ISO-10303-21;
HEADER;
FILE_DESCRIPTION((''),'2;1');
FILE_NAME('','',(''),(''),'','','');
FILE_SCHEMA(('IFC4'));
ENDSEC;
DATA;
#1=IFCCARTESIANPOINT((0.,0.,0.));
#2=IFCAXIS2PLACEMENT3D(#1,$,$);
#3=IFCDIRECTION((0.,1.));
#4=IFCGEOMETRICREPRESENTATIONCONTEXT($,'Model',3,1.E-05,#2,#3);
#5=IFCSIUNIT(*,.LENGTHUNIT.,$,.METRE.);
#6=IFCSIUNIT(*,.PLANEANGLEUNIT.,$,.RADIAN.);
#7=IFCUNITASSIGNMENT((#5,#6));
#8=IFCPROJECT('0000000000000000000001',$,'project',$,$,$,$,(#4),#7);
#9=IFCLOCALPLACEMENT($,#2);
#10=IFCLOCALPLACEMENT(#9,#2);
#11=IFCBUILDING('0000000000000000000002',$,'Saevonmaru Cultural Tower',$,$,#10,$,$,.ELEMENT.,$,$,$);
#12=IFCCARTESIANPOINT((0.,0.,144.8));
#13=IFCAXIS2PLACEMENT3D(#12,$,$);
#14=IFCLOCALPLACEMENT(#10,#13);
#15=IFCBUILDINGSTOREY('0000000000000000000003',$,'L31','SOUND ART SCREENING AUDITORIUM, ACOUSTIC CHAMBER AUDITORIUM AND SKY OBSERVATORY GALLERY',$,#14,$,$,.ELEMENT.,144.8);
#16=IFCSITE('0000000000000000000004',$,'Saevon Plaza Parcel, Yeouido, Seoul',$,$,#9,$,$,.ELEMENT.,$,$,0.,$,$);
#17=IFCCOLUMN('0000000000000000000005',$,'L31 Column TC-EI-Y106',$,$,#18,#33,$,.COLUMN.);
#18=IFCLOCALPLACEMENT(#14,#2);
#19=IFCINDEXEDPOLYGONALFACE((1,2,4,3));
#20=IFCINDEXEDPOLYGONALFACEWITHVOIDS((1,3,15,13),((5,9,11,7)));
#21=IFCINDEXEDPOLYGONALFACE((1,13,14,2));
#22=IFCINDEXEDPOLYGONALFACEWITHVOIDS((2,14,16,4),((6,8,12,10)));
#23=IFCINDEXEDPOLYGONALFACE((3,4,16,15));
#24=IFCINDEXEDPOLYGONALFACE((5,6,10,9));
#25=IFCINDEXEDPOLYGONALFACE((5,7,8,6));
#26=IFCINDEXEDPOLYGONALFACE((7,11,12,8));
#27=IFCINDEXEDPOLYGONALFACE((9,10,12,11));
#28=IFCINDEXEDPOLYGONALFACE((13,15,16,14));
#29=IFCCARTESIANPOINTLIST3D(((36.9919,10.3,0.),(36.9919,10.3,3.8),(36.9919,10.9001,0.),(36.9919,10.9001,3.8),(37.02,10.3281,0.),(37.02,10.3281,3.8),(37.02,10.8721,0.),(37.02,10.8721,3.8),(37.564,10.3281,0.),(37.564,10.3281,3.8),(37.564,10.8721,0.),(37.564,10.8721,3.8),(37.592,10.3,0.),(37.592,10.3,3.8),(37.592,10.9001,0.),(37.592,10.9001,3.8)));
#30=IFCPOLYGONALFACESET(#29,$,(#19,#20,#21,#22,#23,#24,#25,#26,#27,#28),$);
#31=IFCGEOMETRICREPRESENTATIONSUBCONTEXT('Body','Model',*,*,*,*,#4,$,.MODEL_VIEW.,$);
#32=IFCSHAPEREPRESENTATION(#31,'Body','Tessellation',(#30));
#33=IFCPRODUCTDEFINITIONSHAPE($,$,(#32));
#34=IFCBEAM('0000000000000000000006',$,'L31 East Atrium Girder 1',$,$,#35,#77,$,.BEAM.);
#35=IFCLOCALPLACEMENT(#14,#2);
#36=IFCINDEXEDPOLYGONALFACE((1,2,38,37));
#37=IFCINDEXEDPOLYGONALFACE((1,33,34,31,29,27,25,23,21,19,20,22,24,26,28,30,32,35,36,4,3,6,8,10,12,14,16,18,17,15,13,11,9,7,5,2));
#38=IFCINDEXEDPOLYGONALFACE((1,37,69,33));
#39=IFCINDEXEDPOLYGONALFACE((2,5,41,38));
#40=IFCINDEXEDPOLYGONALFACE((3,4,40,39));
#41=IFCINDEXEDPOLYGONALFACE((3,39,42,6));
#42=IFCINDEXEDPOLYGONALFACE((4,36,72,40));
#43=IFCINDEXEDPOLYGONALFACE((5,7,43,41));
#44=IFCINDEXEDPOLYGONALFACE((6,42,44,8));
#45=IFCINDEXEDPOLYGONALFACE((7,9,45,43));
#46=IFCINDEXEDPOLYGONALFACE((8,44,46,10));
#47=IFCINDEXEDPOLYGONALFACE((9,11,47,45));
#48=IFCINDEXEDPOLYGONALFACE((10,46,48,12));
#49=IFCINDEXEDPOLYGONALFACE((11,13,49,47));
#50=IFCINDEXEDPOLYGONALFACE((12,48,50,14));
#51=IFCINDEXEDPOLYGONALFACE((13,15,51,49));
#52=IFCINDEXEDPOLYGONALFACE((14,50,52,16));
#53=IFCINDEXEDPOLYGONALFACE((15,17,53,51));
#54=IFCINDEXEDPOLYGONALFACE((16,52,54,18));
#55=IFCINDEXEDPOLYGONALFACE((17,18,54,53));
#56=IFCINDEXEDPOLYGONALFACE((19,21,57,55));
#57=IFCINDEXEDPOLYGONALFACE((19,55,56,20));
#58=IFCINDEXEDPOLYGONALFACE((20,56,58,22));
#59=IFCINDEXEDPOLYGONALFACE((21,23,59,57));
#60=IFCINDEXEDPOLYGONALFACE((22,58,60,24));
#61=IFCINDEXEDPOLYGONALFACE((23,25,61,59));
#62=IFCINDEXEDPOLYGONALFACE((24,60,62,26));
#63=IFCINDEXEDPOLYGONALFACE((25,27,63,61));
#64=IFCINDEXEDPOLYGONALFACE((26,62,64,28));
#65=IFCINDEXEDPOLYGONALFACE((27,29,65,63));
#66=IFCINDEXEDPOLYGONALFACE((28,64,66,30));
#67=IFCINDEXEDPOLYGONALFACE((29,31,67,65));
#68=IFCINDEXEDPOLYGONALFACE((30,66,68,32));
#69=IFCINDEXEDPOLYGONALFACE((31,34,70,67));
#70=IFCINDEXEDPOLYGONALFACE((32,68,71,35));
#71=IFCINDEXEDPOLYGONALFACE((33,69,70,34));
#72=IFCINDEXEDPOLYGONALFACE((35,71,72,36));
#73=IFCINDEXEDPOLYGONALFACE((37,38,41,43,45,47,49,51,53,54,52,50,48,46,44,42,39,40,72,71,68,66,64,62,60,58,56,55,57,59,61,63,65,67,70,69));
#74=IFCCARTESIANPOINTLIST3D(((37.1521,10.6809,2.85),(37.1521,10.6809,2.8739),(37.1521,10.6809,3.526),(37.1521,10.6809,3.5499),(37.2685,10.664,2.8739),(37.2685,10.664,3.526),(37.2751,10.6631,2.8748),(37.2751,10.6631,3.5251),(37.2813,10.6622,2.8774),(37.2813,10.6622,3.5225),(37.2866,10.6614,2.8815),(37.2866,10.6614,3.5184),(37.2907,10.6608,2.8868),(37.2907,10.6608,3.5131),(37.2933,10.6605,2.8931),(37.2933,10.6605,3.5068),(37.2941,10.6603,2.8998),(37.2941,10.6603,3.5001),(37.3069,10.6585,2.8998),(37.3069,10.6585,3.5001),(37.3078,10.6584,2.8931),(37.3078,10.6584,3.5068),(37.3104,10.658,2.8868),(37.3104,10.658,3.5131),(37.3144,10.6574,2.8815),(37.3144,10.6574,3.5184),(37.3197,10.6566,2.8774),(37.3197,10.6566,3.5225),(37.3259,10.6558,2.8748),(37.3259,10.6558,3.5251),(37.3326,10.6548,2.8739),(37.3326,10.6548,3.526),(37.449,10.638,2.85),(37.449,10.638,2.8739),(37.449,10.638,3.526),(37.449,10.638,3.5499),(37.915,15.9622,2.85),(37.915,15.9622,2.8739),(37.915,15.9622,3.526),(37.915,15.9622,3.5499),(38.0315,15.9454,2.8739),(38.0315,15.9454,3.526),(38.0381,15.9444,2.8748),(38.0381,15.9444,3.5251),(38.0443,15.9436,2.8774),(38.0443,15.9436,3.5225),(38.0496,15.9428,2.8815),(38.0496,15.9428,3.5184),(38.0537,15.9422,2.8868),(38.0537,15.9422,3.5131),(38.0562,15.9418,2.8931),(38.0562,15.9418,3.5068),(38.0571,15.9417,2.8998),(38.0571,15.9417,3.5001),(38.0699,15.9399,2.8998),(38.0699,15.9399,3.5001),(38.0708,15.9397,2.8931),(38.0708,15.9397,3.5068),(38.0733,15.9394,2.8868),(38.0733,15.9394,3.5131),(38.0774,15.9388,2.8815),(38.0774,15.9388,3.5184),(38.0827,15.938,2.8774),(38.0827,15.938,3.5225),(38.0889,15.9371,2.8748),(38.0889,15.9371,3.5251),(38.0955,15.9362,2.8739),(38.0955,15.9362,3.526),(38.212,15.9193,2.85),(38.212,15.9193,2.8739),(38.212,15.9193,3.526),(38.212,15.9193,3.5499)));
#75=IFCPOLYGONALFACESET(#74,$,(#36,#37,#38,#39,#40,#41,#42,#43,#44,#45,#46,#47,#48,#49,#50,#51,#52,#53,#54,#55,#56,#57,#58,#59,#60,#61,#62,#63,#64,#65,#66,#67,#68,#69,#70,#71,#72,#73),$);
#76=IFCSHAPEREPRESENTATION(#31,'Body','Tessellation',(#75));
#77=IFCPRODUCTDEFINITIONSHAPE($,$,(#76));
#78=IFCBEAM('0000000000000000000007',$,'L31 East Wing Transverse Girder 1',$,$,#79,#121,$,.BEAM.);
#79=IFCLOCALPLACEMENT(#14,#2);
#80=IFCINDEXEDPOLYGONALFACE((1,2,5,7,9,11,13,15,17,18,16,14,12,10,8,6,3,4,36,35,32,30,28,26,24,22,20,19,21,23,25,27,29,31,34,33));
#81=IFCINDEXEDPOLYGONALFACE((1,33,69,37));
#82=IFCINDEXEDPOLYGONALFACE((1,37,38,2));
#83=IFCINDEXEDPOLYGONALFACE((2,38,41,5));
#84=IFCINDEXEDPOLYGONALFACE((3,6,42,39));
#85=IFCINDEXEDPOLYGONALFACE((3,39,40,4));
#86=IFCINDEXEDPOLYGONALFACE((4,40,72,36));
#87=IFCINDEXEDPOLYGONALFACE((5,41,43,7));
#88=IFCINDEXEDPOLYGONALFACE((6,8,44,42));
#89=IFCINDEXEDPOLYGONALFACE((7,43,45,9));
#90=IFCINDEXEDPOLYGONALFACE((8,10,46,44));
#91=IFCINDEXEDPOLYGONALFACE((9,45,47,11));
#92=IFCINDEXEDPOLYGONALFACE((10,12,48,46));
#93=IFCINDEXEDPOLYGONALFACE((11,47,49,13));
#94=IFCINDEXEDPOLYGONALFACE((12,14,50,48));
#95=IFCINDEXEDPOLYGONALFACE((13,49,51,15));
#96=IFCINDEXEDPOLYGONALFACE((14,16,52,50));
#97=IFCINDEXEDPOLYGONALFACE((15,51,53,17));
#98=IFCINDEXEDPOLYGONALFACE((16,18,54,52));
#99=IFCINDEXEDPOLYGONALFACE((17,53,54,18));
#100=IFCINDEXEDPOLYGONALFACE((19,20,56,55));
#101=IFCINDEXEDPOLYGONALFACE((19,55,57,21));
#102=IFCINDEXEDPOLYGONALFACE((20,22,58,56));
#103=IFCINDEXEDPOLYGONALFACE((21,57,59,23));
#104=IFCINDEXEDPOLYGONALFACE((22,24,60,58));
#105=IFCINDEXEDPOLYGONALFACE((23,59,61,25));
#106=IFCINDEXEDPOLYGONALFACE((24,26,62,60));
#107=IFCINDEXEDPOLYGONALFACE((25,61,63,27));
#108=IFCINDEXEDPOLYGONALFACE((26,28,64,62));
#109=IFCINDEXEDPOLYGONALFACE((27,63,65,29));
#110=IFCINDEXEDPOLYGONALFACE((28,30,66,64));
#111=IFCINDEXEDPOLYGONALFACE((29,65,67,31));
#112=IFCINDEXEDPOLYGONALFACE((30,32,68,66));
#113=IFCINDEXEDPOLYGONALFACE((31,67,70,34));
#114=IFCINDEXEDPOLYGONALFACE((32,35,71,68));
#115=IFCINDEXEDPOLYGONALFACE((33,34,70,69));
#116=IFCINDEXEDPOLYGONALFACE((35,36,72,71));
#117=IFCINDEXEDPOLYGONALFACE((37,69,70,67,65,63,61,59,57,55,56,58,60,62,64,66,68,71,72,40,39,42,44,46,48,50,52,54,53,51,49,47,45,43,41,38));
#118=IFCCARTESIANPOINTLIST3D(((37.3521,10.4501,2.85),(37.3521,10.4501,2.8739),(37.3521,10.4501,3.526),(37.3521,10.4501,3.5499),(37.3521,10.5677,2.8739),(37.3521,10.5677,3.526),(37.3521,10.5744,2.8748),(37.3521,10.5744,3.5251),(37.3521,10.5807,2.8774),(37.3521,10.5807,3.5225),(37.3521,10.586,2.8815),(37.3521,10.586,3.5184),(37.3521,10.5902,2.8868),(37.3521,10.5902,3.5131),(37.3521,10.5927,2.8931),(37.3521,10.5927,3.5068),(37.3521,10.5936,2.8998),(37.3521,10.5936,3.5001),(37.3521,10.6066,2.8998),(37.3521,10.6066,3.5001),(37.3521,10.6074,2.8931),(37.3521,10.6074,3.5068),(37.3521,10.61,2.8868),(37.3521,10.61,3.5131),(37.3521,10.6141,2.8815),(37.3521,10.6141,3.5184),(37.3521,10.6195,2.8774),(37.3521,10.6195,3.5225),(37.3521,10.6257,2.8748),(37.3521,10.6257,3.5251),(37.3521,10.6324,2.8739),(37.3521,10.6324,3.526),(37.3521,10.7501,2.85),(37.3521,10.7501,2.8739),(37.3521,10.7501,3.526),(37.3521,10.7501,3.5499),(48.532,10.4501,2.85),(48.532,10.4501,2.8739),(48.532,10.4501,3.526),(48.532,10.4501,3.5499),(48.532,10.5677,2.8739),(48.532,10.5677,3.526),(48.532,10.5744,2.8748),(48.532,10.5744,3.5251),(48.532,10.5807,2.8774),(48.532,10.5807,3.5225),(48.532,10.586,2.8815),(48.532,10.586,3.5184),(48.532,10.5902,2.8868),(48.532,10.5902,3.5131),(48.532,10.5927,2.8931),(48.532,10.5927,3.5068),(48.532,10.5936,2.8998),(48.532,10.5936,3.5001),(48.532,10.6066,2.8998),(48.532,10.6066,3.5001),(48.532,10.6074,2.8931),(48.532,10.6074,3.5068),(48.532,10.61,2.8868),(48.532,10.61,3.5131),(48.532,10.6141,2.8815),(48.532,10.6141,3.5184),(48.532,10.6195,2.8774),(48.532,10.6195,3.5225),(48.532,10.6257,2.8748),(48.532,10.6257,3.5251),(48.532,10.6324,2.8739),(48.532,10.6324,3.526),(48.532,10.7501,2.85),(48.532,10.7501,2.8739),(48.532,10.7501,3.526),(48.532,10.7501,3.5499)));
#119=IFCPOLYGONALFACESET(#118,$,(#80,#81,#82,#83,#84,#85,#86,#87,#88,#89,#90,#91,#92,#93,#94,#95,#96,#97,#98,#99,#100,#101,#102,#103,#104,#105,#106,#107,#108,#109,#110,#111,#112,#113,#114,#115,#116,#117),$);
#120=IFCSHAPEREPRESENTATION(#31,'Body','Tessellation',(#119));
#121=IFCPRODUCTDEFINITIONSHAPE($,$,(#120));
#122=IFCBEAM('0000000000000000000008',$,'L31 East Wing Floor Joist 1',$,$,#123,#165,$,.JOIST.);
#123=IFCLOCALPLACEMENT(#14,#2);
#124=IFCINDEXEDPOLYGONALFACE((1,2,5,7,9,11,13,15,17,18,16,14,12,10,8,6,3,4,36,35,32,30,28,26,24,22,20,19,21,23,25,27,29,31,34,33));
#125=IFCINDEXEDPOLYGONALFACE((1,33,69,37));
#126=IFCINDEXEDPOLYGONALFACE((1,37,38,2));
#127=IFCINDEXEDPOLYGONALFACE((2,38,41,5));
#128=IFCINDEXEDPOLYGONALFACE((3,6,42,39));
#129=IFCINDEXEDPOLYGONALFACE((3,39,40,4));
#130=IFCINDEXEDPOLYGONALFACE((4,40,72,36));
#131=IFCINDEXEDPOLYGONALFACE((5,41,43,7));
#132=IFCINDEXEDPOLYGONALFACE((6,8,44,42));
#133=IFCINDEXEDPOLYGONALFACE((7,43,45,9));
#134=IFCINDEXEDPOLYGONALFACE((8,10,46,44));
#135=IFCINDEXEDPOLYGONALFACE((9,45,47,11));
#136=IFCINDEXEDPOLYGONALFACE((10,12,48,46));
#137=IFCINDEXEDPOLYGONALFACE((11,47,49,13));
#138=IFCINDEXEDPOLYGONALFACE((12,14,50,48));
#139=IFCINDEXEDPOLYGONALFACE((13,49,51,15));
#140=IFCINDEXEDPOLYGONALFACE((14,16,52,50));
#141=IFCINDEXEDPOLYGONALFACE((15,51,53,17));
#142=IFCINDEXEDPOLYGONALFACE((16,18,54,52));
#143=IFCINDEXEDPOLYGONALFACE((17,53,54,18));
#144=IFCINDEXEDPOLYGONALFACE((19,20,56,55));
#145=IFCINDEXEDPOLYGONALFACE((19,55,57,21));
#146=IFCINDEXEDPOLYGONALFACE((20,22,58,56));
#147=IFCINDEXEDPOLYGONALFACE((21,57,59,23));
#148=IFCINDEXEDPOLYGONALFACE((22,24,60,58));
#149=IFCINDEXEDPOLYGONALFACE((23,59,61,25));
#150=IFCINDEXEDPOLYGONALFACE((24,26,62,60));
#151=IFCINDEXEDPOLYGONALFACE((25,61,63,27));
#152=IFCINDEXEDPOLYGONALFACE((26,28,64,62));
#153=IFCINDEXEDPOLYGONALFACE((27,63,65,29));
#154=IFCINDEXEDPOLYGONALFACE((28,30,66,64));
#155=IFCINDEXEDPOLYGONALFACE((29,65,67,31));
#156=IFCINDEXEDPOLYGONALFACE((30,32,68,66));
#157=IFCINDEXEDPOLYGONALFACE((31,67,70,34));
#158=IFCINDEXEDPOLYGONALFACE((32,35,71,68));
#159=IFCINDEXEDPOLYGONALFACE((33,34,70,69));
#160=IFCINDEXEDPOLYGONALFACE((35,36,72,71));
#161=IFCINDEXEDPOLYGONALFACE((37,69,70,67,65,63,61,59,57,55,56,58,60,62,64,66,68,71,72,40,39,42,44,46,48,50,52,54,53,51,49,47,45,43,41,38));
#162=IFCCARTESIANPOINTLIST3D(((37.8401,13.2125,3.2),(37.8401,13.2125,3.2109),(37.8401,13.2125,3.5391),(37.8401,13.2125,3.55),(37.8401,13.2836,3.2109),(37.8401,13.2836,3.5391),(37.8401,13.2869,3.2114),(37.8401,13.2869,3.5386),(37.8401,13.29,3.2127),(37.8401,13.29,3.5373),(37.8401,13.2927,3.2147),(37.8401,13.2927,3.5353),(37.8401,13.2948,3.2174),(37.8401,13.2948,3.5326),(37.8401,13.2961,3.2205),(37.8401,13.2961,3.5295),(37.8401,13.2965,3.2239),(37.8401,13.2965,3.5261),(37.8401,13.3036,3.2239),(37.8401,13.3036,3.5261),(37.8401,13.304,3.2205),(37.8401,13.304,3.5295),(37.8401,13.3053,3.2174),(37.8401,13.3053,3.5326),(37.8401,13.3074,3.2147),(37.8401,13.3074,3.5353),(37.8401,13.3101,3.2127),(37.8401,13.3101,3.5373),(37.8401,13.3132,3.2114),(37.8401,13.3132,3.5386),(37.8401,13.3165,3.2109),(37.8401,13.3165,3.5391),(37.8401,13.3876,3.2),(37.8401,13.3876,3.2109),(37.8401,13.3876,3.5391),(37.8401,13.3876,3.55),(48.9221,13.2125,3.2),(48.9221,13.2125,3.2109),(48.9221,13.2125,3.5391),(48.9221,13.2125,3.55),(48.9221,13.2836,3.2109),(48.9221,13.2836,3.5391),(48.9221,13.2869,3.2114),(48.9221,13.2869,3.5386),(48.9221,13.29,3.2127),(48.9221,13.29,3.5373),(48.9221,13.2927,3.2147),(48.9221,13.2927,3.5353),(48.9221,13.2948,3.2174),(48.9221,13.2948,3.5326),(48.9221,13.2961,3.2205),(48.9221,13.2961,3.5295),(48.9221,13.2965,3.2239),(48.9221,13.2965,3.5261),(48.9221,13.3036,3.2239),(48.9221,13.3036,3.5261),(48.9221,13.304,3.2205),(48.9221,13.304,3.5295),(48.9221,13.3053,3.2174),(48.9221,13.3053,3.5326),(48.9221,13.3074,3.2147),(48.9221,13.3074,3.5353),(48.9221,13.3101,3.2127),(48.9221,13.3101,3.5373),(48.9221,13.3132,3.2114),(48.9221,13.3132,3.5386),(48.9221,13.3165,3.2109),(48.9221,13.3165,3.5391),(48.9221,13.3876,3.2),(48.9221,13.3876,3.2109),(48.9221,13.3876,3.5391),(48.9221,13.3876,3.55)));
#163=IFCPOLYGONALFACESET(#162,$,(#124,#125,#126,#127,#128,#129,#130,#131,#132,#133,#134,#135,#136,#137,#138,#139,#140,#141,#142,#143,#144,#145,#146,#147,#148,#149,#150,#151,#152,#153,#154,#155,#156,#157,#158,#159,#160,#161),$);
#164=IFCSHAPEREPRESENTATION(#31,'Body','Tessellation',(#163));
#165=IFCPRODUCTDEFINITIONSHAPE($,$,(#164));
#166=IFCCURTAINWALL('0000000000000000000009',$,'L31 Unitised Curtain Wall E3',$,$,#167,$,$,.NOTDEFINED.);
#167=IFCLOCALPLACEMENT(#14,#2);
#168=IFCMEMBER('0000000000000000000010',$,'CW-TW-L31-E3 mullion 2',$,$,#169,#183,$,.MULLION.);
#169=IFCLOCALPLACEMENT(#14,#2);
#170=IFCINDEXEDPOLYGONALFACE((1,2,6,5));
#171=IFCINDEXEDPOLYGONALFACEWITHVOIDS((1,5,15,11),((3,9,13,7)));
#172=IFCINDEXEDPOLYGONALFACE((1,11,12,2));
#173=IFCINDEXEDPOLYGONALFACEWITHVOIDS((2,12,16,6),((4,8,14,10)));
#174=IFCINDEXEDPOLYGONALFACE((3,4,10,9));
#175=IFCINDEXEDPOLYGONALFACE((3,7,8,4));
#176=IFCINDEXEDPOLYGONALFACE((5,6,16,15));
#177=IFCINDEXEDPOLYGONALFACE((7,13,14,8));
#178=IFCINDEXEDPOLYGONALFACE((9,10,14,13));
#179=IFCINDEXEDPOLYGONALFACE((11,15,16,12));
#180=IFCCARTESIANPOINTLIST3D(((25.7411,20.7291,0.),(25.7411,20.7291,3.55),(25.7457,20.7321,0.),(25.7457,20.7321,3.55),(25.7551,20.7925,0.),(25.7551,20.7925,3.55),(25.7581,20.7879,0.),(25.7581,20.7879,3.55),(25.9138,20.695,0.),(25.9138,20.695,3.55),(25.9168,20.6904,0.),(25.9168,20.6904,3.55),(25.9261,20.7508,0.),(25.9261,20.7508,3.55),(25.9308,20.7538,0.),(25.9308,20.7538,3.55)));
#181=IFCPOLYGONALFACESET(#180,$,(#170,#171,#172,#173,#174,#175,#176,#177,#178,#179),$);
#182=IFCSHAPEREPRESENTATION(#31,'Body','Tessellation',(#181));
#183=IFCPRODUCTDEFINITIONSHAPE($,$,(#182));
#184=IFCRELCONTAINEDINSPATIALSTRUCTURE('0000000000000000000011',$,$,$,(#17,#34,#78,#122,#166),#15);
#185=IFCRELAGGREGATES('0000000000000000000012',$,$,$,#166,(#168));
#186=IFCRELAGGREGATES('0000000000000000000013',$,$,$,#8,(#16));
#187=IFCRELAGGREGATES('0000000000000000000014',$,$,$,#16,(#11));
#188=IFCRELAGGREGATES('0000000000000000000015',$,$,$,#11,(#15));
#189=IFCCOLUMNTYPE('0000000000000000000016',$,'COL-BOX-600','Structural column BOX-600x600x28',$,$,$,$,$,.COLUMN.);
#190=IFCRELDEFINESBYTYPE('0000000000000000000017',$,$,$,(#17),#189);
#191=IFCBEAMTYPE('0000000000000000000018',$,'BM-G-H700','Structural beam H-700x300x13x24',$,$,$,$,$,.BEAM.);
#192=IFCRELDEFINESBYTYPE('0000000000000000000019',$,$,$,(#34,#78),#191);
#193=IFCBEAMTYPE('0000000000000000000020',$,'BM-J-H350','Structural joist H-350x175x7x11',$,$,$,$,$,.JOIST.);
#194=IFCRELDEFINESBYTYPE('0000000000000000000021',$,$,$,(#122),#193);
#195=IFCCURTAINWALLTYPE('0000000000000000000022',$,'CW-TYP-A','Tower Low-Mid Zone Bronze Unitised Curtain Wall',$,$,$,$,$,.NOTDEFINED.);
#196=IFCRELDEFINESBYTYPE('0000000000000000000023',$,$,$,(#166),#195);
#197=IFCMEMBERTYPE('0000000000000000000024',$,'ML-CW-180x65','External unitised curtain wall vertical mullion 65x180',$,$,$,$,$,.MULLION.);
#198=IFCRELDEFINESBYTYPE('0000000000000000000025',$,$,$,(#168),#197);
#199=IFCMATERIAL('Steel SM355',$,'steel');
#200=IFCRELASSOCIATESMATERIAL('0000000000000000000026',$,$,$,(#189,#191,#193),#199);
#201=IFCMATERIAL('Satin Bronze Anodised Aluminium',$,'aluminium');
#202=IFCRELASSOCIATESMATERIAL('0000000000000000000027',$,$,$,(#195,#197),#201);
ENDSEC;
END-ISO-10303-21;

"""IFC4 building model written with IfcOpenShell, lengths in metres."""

from ifc_helpers import new_model, si_unit, direction, frame, origin, origin_2d, place, context, subcontext, project, spatial, hollow_rectangle, i_section, extrude, material, material_profile, profile_set, type_object, element, aggregate, save


model = new_model("IFC4")

# Units and contexts
model_context = context("Model", 3, precision=1e-05, world=origin(), true_north=direction((0.0, 1.0)))
body_context = subcontext(model_context, "Body", "Model", "MODEL_VIEW")
ifc_project = project(units=[si_unit("LENGTHUNIT", "METRE"), si_unit("PLANEANGLEUNIT", "RADIAN")], contexts=[model_context])

# Site, building, storey
site_placement = place(None, origin())
site = spatial("IfcSite", under=ifc_project, at=site_placement, Name="Saevon Plaza Parcel, Yeouido, Seoul", CompositionType="ELEMENT", RefElevation=0.0)
building_placement = place(site_placement, origin())
building = spatial("IfcBuilding", under=site, at=building_placement, Name="Saevonmaru Cultural Tower", CompositionType="ELEMENT")
storey_placement = place(building_placement, frame((0.0, 0.0, 144.8)))
storey = spatial("IfcBuildingStorey", under=building, at=storey_placement, Name="L31", Description="SOUND ART SCREENING AUDITORIUM, ACOUSTIC CHAMBER AUDITORIUM AND SKY OBSERVATORY GALLERY", CompositionType="ELEMENT", Elevation=144.8)

# Column
ifc_material_1 = material(Name="Steel SM355", Category="steel")
ifc_material_profile_1 = material_profile(ifc_material_1, hollow_rectangle(XDim=0.6001, YDim=0.6001, WallThickness=0.0281, at=origin_2d()), Name="BOX-600x600x28")
ifc_profile_set_1 = profile_set([ifc_material_profile_1], Name="Steel SM355")
column_type = type_object("IfcColumnType", Name="COL-BOX-600", Description="Structural column BOX-600x600x28", PredefinedType="COLUMN", material=ifc_profile_set_1)
column_placement = place(storey_placement, frame((37.292, 10.6001, 0.0), z_axis=(0.0, 0.0, 1.0), x_axis=(1.0, 0.0, 0.0)))
element("IfcColumn", 1, at=column_placement, inside=storey, type_object=column_type, Name="L31 Column TC-EI-Y106", PredefinedType="COLUMN", context=body_context, shape_type="SweptSolid", body=[
    extrude(hollow_rectangle(XDim=0.6001, YDim=0.6001, WallThickness=0.0281, at=origin_2d()), origin(), (0.0, 0.0, 1.0), 3.8),
])

# Beams
ifc_material_profile_2 = material_profile(ifc_material_1, i_section(OverallWidth=0.3, OverallDepth=0.7, WebThickness=0.0129, FlangeThickness=0.0239, FilletRadius=0.0259, at=origin_2d()), Name="H-700x300x13x24")
ifc_profile_set_2 = profile_set([ifc_material_profile_2], Name="Steel SM355")
beam_type_1 = type_object("IfcBeamType", Name="BM-G-H700", Description="Structural beam H-700x300x13x24", PredefinedType="BEAM", material=ifc_profile_set_2)
beam_1_placement = place(storey_placement, frame((37.3005, 10.6594, 3.2), z_axis=(0.142978, 0.989726, 0.0), x_axis=(-0.989726, 0.142978, 0.0)))
element("IfcBeam", 2, at=beam_1_placement, inside=storey, type_object=beam_type_1, Name="L31 East Atrium Girder 1", PredefinedType="BEAM", context=body_context, shape_type="SweptSolid", body=[
    extrude(i_section(OverallWidth=0.3, OverallDepth=0.7, WebThickness=0.0129, FlangeThickness=0.0239, FilletRadius=0.0259, at=origin_2d()), origin(), (0.0, 0.0, 1.0), 5.3362),
])
beam_2_placement = place(storey_placement, frame((37.3521, 10.6001, 3.2), z_axis=(1.0, 0.0, 0.0), x_axis=(0.0, 1.0, 0.0)))
element("IfcBeam", 3, at=beam_2_placement, inside=storey, type_object=beam_type_1, Name="L31 East Wing Transverse Girder 1", PredefinedType="BEAM", context=body_context, shape_type="SweptSolid", body=[
    extrude(i_section(OverallWidth=0.3, OverallDepth=0.7, WebThickness=0.0129, FlangeThickness=0.0239, FilletRadius=0.0259, at=origin_2d()), origin(), (0.0, 0.0, 1.0), 11.1799),
])
ifc_material_profile_3 = material_profile(ifc_material_1, i_section(OverallWidth=0.175, OverallDepth=0.3501, WebThickness=0.0071, FlangeThickness=0.011, FilletRadius=0.0129, at=origin_2d()), Name="H-350x175x7x11")
ifc_profile_set_3 = profile_set([ifc_material_profile_3], Name="Steel SM355")
beam_type_2 = type_object("IfcBeamType", Name="BM-J-H350", Description="Structural joist H-350x175x7x11", PredefinedType="JOIST", material=ifc_profile_set_3)
beam_3_placement = place(storey_placement, frame((37.8401, 13.3, 3.375), z_axis=(1.0, 0.0, 0.0), x_axis=(0.0, 1.0, 0.0)))
element("IfcBeam", 4, at=beam_3_placement, inside=storey, type_object=beam_type_2, Name="L31 East Wing Floor Joist 1", PredefinedType="JOIST", context=body_context, shape_type="SweptSolid", body=[
    extrude(i_section(OverallWidth=0.175, OverallDepth=0.3501, WebThickness=0.0071, FlangeThickness=0.011, FilletRadius=0.0129, at=origin_2d()), origin(), (0.0, 0.0, 1.0), 11.082),
])

# Curtain wall, member
ifc_material_2 = material(Name="Satin Bronze Anodised Aluminium", Category="aluminium")
curtain_wall_type_1 = type_object("IfcCurtainWallType", Name="CW-TYP-A", Description="Tower Low-Mid Zone Bronze Unitised Curtain Wall", PredefinedType="NOTDEFINED", material=ifc_material_2)
curtain_wall_1_placement = place(storey_placement, origin())
curtain_wall_1 = element("IfcCurtainWall", 5, at=curtain_wall_1_placement, inside=storey, type_object=curtain_wall_type_1, Name="L31 Unitised Curtain Wall E3", PredefinedType="NOTDEFINED")
ifc_material_profile_4 = material_profile(ifc_material_2, hollow_rectangle(XDim=0.0649, YDim=0.1799, WallThickness=0.0039, at=origin_2d()), Name="ALU-MULL-180x65x4")
ifc_profile_set_4 = profile_set([ifc_material_profile_4], Name="Satin Bronze Anodised Aluminium")
member_type_1 = type_object("IfcMemberType", Name="ML-CW-180x65", Description="External unitised curtain wall vertical mullion 65x180", PredefinedType="MULLION", material=ifc_profile_set_4)
member_1_placement = place(storey_placement, frame((25.8359, 20.7415, 0.0), z_axis=(0.0, 0.0, 1.0), x_axis=(0.215413, 0.976523, 0.0)))
member_1 = element("IfcMember", 6, at=member_1_placement, type_object=member_type_1, Name="CW-TW-L31-E3 mullion 2", PredefinedType="MULLION", context=body_context, shape_type="SweptSolid", body=[
    extrude(hollow_rectangle(XDim=0.0649, YDim=0.1799, WallThickness=0.0039, at=origin_2d()), origin(), (0.0, 0.0, 1.0), 3.55),
])

aggregate(curtain_wall_1, [member_1])

save(model, "model.ifc")
